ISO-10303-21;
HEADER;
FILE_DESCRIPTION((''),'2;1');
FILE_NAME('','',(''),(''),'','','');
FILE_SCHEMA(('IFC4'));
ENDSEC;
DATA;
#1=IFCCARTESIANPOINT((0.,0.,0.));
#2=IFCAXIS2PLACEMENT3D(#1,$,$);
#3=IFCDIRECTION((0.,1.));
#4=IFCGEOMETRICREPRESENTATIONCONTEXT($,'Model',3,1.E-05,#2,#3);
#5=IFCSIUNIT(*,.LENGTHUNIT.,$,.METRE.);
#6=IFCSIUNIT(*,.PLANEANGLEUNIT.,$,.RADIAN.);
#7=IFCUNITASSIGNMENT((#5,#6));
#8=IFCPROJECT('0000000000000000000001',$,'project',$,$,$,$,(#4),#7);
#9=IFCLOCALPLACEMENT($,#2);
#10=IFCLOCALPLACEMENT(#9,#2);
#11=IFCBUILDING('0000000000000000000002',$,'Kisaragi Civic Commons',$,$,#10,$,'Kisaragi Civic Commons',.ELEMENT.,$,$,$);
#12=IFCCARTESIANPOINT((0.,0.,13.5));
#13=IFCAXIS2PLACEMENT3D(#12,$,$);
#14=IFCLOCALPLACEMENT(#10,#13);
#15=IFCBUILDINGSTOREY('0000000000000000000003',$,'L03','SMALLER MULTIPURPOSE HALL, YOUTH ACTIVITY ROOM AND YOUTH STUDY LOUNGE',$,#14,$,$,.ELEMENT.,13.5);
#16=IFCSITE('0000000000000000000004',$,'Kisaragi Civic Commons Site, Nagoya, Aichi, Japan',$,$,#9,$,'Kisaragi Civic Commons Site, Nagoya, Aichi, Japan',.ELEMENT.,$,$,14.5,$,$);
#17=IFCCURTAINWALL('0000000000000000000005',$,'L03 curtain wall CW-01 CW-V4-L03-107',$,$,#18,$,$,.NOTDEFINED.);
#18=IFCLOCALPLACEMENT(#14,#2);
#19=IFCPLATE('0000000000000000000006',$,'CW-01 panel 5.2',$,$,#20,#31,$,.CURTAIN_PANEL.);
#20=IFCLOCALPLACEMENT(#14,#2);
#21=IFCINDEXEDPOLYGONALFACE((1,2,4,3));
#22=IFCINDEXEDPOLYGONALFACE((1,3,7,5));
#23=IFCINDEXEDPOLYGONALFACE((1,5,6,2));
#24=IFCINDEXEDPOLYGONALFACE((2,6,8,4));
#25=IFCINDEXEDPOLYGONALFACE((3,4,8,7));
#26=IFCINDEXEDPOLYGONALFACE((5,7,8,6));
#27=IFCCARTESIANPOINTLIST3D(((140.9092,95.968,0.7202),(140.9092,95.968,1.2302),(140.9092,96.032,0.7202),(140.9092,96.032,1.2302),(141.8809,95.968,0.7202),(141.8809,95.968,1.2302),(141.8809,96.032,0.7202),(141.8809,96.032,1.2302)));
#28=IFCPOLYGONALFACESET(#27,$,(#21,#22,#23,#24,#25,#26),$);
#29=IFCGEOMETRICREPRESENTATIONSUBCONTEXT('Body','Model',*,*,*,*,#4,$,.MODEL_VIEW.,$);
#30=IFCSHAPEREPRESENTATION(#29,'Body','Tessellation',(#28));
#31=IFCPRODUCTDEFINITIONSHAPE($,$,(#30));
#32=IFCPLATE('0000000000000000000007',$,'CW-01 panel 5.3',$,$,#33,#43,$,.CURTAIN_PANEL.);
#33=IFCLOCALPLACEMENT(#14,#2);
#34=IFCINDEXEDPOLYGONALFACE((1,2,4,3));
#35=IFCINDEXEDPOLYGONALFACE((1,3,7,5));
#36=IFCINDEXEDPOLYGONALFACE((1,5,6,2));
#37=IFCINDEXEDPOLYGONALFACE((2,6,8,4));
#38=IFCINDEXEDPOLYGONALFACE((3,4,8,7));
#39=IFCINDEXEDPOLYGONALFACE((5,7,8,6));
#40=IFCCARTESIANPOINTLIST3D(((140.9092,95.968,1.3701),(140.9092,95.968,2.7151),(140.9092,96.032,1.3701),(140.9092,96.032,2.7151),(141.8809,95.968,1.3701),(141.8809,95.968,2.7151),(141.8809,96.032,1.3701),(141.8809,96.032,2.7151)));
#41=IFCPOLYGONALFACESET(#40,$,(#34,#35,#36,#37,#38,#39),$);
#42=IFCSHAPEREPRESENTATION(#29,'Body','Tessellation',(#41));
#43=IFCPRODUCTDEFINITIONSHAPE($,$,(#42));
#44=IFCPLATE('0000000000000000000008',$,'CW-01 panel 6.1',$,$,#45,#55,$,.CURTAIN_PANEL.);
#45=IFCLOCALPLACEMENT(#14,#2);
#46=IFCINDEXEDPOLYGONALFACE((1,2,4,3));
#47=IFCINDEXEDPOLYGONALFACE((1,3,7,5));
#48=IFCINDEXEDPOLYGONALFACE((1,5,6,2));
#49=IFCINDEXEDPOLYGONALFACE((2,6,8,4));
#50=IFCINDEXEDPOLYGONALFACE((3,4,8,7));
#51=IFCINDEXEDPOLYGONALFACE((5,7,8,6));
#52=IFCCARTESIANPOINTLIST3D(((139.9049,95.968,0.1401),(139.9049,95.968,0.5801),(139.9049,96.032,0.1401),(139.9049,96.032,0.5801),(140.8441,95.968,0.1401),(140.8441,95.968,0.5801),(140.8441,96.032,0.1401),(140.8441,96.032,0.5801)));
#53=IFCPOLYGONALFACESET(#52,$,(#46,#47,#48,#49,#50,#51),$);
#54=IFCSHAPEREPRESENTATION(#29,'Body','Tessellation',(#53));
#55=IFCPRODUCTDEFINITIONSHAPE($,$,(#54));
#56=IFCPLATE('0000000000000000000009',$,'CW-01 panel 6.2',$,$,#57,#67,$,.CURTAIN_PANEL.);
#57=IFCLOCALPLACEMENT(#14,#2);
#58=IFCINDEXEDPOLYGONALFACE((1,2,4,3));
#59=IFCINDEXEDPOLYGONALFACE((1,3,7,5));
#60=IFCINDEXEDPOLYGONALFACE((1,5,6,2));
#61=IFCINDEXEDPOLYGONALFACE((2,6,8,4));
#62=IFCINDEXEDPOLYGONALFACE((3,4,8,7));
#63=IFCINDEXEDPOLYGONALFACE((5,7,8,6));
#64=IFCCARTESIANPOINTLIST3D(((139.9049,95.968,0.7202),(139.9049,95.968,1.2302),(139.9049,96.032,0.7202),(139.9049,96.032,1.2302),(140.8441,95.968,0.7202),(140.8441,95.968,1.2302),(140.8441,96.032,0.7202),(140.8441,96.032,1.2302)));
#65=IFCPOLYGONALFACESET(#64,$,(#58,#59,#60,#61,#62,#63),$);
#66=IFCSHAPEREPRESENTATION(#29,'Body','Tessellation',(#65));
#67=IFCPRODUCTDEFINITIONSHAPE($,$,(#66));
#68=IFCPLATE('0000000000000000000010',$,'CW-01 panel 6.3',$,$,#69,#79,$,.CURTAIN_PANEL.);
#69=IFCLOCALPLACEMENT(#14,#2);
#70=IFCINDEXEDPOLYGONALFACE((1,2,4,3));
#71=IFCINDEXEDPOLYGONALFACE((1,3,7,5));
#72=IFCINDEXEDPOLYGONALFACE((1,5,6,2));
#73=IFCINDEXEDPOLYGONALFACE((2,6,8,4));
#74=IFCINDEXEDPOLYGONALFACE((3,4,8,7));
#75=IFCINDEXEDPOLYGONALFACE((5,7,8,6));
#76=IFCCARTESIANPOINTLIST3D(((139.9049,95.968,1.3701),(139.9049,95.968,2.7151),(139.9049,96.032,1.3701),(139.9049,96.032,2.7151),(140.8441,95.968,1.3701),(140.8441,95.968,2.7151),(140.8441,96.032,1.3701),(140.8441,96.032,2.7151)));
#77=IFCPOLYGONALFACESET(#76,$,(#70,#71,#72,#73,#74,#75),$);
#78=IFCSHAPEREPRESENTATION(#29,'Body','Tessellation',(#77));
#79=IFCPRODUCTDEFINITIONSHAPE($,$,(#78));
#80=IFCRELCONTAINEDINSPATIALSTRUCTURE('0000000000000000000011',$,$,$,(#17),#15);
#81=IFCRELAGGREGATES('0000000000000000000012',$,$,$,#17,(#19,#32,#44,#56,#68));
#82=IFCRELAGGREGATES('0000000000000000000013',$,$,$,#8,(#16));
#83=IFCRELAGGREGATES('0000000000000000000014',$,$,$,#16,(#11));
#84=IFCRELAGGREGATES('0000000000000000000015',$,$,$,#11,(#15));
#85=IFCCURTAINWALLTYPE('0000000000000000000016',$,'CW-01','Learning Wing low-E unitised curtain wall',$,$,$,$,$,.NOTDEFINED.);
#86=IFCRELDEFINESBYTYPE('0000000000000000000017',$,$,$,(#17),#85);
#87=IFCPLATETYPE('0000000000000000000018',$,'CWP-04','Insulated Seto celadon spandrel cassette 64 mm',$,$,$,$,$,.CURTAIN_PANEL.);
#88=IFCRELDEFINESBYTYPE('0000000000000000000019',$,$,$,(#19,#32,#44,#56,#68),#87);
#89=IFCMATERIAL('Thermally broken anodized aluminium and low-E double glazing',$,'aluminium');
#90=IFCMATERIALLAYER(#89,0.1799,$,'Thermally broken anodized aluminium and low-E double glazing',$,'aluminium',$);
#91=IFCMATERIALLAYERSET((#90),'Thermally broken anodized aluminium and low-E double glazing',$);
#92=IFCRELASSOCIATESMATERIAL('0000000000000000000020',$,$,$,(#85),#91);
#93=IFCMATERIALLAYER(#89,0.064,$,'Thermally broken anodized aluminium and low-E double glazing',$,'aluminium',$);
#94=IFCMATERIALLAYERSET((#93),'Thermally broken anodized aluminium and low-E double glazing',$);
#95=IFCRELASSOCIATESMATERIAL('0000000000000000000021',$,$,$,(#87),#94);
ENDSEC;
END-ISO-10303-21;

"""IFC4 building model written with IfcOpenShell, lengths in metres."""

from ifc_helpers import new_model, si_unit, direction, frame, origin, origin_2d, place, context, subcontext, project, spatial, rectangle, extrude, material, layer, layer_set, type_object, element, aggregate, save


model = new_model("IFC4")

# Units and contexts
model_context = context("Model", 3, precision=1e-05, world=origin(), true_north=direction((0.0, 1.0)))
body_context = subcontext(model_context, "Body", "Model", "MODEL_VIEW")
ifc_project = project(units=[si_unit("LENGTHUNIT", "METRE"), si_unit("PLANEANGLEUNIT", "RADIAN")], contexts=[model_context])

# Site, building, storey
site_placement = place(None, origin())
site = spatial("IfcSite", under=ifc_project, at=site_placement, Name="Kisaragi Civic Commons Site, Nagoya, Aichi, Japan", LongName="Kisaragi Civic Commons Site, Nagoya, Aichi, Japan", CompositionType="ELEMENT", RefElevation=14.5)
building_placement = place(site_placement, origin())
building = spatial("IfcBuilding", under=site, at=building_placement, Name="Kisaragi Civic Commons", LongName="Kisaragi Civic Commons", CompositionType="ELEMENT")
storey_placement = place(building_placement, frame((0.0, 0.0, 13.5)))
storey = spatial("IfcBuildingStorey", under=building, at=storey_placement, Name="L03", Description="SMALLER MULTIPURPOSE HALL, YOUTH ACTIVITY ROOM AND YOUTH STUDY LOUNGE", CompositionType="ELEMENT", Elevation=13.5)

# Curtain wall, plates
ifc_material = material(Name="Thermally broken anodized aluminium and low-E double glazing", Category="aluminium")
ifc_layer_1 = layer(ifc_material, 0.1799, Name="Thermally broken anodized aluminium and low-E double glazing", Category="aluminium")
ifc_layer_set_1 = layer_set([ifc_layer_1], Name="Thermally broken anodized aluminium and low-E double glazing")
curtain_wall_type = type_object("IfcCurtainWallType", Name="CW-01", Description="Learning Wing low-E unitised curtain wall", PredefinedType="NOTDEFINED", material=ifc_layer_set_1)
curtain_wall_placement = place(storey_placement, origin())
curtain_wall = element("IfcCurtainWall", 1, at=curtain_wall_placement, inside=storey, type_object=curtain_wall_type, Name="L03 curtain wall CW-01 CW-V4-L03-107", PredefinedType="NOTDEFINED")
ifc_layer_2 = layer(ifc_material, 0.064, Name="Thermally broken anodized aluminium and low-E double glazing", Category="aluminium")
ifc_layer_set_2 = layer_set([ifc_layer_2], Name="Thermally broken anodized aluminium and low-E double glazing")
plate_type = type_object("IfcPlateType", Name="CWP-04", Description="Insulated Seto celadon spandrel cassette 64 mm", PredefinedType="CURTAIN_PANEL", material=ifc_layer_set_2)
plate_1_placement = place(storey_placement, frame((141.395, 96.0, 0.7202), z_axis=(0.0, 0.0, 1.0), x_axis=(-1.0, 0.0, 0.0)))
plate_1 = element("IfcPlate", 2, at=plate_1_placement, type_object=plate_type, Name="CW-01 panel 5.2", PredefinedType="CURTAIN_PANEL", context=body_context, shape_type="SweptSolid", body=[
    extrude(rectangle(XDim=0.9717, YDim=0.064, at=origin_2d()), origin(), (0.0, 0.0, 1.0), 0.51),
])
plate_2_placement = place(storey_placement, frame((141.395, 96.0, 1.3701), z_axis=(0.0, 0.0, 1.0), x_axis=(-1.0, 0.0, 0.0)))
plate_2 = element("IfcPlate", 3, at=plate_2_placement, type_object=plate_type, Name="CW-01 panel 5.3", PredefinedType="CURTAIN_PANEL", context=body_context, shape_type="SweptSolid", body=[
    extrude(rectangle(XDim=0.9717, YDim=0.064, at=origin_2d()), origin(), (0.0, 0.0, 1.0), 1.345),
])
plate_3_placement = place(storey_placement, frame((140.3745, 96.0, 0.1401), z_axis=(0.0, 0.0, 1.0), x_axis=(-1.0, 0.0, 0.0)))
plate_3 = element("IfcPlate", 4, at=plate_3_placement, type_object=plate_type, Name="CW-01 panel 6.1", PredefinedType="CURTAIN_PANEL", context=body_context, shape_type="SweptSolid", body=[
    extrude(rectangle(XDim=0.9392, YDim=0.064, at=origin_2d()), origin(), (0.0, 0.0, 1.0), 0.4399),
])
plate_4_placement = place(storey_placement, frame((140.3745, 96.0, 0.7202), z_axis=(0.0, 0.0, 1.0), x_axis=(-1.0, 0.0, 0.0)))
plate_4 = element("IfcPlate", 5, at=plate_4_placement, type_object=plate_type, Name="CW-01 panel 6.2", PredefinedType="CURTAIN_PANEL", context=body_context, shape_type="SweptSolid", body=[
    extrude(rectangle(XDim=0.9392, YDim=0.064, at=origin_2d()), origin(), (0.0, 0.0, 1.0), 0.51),
])
plate_5_placement = place(storey_placement, frame((140.3745, 96.0, 1.3701), z_axis=(0.0, 0.0, 1.0), x_axis=(-1.0, 0.0, 0.0)))
plate_5 = element("IfcPlate", 6, at=plate_5_placement, type_object=plate_type, Name="CW-01 panel 6.3", PredefinedType="CURTAIN_PANEL", context=body_context, shape_type="SweptSolid", body=[
    extrude(rectangle(XDim=0.9392, YDim=0.064, at=origin_2d()), origin(), (0.0, 0.0, 1.0), 1.345),
])
aggregate(curtain_wall, [plate_1, plate_2, plate_3, plate_4, plate_5])

save(model, "model.ifc")
